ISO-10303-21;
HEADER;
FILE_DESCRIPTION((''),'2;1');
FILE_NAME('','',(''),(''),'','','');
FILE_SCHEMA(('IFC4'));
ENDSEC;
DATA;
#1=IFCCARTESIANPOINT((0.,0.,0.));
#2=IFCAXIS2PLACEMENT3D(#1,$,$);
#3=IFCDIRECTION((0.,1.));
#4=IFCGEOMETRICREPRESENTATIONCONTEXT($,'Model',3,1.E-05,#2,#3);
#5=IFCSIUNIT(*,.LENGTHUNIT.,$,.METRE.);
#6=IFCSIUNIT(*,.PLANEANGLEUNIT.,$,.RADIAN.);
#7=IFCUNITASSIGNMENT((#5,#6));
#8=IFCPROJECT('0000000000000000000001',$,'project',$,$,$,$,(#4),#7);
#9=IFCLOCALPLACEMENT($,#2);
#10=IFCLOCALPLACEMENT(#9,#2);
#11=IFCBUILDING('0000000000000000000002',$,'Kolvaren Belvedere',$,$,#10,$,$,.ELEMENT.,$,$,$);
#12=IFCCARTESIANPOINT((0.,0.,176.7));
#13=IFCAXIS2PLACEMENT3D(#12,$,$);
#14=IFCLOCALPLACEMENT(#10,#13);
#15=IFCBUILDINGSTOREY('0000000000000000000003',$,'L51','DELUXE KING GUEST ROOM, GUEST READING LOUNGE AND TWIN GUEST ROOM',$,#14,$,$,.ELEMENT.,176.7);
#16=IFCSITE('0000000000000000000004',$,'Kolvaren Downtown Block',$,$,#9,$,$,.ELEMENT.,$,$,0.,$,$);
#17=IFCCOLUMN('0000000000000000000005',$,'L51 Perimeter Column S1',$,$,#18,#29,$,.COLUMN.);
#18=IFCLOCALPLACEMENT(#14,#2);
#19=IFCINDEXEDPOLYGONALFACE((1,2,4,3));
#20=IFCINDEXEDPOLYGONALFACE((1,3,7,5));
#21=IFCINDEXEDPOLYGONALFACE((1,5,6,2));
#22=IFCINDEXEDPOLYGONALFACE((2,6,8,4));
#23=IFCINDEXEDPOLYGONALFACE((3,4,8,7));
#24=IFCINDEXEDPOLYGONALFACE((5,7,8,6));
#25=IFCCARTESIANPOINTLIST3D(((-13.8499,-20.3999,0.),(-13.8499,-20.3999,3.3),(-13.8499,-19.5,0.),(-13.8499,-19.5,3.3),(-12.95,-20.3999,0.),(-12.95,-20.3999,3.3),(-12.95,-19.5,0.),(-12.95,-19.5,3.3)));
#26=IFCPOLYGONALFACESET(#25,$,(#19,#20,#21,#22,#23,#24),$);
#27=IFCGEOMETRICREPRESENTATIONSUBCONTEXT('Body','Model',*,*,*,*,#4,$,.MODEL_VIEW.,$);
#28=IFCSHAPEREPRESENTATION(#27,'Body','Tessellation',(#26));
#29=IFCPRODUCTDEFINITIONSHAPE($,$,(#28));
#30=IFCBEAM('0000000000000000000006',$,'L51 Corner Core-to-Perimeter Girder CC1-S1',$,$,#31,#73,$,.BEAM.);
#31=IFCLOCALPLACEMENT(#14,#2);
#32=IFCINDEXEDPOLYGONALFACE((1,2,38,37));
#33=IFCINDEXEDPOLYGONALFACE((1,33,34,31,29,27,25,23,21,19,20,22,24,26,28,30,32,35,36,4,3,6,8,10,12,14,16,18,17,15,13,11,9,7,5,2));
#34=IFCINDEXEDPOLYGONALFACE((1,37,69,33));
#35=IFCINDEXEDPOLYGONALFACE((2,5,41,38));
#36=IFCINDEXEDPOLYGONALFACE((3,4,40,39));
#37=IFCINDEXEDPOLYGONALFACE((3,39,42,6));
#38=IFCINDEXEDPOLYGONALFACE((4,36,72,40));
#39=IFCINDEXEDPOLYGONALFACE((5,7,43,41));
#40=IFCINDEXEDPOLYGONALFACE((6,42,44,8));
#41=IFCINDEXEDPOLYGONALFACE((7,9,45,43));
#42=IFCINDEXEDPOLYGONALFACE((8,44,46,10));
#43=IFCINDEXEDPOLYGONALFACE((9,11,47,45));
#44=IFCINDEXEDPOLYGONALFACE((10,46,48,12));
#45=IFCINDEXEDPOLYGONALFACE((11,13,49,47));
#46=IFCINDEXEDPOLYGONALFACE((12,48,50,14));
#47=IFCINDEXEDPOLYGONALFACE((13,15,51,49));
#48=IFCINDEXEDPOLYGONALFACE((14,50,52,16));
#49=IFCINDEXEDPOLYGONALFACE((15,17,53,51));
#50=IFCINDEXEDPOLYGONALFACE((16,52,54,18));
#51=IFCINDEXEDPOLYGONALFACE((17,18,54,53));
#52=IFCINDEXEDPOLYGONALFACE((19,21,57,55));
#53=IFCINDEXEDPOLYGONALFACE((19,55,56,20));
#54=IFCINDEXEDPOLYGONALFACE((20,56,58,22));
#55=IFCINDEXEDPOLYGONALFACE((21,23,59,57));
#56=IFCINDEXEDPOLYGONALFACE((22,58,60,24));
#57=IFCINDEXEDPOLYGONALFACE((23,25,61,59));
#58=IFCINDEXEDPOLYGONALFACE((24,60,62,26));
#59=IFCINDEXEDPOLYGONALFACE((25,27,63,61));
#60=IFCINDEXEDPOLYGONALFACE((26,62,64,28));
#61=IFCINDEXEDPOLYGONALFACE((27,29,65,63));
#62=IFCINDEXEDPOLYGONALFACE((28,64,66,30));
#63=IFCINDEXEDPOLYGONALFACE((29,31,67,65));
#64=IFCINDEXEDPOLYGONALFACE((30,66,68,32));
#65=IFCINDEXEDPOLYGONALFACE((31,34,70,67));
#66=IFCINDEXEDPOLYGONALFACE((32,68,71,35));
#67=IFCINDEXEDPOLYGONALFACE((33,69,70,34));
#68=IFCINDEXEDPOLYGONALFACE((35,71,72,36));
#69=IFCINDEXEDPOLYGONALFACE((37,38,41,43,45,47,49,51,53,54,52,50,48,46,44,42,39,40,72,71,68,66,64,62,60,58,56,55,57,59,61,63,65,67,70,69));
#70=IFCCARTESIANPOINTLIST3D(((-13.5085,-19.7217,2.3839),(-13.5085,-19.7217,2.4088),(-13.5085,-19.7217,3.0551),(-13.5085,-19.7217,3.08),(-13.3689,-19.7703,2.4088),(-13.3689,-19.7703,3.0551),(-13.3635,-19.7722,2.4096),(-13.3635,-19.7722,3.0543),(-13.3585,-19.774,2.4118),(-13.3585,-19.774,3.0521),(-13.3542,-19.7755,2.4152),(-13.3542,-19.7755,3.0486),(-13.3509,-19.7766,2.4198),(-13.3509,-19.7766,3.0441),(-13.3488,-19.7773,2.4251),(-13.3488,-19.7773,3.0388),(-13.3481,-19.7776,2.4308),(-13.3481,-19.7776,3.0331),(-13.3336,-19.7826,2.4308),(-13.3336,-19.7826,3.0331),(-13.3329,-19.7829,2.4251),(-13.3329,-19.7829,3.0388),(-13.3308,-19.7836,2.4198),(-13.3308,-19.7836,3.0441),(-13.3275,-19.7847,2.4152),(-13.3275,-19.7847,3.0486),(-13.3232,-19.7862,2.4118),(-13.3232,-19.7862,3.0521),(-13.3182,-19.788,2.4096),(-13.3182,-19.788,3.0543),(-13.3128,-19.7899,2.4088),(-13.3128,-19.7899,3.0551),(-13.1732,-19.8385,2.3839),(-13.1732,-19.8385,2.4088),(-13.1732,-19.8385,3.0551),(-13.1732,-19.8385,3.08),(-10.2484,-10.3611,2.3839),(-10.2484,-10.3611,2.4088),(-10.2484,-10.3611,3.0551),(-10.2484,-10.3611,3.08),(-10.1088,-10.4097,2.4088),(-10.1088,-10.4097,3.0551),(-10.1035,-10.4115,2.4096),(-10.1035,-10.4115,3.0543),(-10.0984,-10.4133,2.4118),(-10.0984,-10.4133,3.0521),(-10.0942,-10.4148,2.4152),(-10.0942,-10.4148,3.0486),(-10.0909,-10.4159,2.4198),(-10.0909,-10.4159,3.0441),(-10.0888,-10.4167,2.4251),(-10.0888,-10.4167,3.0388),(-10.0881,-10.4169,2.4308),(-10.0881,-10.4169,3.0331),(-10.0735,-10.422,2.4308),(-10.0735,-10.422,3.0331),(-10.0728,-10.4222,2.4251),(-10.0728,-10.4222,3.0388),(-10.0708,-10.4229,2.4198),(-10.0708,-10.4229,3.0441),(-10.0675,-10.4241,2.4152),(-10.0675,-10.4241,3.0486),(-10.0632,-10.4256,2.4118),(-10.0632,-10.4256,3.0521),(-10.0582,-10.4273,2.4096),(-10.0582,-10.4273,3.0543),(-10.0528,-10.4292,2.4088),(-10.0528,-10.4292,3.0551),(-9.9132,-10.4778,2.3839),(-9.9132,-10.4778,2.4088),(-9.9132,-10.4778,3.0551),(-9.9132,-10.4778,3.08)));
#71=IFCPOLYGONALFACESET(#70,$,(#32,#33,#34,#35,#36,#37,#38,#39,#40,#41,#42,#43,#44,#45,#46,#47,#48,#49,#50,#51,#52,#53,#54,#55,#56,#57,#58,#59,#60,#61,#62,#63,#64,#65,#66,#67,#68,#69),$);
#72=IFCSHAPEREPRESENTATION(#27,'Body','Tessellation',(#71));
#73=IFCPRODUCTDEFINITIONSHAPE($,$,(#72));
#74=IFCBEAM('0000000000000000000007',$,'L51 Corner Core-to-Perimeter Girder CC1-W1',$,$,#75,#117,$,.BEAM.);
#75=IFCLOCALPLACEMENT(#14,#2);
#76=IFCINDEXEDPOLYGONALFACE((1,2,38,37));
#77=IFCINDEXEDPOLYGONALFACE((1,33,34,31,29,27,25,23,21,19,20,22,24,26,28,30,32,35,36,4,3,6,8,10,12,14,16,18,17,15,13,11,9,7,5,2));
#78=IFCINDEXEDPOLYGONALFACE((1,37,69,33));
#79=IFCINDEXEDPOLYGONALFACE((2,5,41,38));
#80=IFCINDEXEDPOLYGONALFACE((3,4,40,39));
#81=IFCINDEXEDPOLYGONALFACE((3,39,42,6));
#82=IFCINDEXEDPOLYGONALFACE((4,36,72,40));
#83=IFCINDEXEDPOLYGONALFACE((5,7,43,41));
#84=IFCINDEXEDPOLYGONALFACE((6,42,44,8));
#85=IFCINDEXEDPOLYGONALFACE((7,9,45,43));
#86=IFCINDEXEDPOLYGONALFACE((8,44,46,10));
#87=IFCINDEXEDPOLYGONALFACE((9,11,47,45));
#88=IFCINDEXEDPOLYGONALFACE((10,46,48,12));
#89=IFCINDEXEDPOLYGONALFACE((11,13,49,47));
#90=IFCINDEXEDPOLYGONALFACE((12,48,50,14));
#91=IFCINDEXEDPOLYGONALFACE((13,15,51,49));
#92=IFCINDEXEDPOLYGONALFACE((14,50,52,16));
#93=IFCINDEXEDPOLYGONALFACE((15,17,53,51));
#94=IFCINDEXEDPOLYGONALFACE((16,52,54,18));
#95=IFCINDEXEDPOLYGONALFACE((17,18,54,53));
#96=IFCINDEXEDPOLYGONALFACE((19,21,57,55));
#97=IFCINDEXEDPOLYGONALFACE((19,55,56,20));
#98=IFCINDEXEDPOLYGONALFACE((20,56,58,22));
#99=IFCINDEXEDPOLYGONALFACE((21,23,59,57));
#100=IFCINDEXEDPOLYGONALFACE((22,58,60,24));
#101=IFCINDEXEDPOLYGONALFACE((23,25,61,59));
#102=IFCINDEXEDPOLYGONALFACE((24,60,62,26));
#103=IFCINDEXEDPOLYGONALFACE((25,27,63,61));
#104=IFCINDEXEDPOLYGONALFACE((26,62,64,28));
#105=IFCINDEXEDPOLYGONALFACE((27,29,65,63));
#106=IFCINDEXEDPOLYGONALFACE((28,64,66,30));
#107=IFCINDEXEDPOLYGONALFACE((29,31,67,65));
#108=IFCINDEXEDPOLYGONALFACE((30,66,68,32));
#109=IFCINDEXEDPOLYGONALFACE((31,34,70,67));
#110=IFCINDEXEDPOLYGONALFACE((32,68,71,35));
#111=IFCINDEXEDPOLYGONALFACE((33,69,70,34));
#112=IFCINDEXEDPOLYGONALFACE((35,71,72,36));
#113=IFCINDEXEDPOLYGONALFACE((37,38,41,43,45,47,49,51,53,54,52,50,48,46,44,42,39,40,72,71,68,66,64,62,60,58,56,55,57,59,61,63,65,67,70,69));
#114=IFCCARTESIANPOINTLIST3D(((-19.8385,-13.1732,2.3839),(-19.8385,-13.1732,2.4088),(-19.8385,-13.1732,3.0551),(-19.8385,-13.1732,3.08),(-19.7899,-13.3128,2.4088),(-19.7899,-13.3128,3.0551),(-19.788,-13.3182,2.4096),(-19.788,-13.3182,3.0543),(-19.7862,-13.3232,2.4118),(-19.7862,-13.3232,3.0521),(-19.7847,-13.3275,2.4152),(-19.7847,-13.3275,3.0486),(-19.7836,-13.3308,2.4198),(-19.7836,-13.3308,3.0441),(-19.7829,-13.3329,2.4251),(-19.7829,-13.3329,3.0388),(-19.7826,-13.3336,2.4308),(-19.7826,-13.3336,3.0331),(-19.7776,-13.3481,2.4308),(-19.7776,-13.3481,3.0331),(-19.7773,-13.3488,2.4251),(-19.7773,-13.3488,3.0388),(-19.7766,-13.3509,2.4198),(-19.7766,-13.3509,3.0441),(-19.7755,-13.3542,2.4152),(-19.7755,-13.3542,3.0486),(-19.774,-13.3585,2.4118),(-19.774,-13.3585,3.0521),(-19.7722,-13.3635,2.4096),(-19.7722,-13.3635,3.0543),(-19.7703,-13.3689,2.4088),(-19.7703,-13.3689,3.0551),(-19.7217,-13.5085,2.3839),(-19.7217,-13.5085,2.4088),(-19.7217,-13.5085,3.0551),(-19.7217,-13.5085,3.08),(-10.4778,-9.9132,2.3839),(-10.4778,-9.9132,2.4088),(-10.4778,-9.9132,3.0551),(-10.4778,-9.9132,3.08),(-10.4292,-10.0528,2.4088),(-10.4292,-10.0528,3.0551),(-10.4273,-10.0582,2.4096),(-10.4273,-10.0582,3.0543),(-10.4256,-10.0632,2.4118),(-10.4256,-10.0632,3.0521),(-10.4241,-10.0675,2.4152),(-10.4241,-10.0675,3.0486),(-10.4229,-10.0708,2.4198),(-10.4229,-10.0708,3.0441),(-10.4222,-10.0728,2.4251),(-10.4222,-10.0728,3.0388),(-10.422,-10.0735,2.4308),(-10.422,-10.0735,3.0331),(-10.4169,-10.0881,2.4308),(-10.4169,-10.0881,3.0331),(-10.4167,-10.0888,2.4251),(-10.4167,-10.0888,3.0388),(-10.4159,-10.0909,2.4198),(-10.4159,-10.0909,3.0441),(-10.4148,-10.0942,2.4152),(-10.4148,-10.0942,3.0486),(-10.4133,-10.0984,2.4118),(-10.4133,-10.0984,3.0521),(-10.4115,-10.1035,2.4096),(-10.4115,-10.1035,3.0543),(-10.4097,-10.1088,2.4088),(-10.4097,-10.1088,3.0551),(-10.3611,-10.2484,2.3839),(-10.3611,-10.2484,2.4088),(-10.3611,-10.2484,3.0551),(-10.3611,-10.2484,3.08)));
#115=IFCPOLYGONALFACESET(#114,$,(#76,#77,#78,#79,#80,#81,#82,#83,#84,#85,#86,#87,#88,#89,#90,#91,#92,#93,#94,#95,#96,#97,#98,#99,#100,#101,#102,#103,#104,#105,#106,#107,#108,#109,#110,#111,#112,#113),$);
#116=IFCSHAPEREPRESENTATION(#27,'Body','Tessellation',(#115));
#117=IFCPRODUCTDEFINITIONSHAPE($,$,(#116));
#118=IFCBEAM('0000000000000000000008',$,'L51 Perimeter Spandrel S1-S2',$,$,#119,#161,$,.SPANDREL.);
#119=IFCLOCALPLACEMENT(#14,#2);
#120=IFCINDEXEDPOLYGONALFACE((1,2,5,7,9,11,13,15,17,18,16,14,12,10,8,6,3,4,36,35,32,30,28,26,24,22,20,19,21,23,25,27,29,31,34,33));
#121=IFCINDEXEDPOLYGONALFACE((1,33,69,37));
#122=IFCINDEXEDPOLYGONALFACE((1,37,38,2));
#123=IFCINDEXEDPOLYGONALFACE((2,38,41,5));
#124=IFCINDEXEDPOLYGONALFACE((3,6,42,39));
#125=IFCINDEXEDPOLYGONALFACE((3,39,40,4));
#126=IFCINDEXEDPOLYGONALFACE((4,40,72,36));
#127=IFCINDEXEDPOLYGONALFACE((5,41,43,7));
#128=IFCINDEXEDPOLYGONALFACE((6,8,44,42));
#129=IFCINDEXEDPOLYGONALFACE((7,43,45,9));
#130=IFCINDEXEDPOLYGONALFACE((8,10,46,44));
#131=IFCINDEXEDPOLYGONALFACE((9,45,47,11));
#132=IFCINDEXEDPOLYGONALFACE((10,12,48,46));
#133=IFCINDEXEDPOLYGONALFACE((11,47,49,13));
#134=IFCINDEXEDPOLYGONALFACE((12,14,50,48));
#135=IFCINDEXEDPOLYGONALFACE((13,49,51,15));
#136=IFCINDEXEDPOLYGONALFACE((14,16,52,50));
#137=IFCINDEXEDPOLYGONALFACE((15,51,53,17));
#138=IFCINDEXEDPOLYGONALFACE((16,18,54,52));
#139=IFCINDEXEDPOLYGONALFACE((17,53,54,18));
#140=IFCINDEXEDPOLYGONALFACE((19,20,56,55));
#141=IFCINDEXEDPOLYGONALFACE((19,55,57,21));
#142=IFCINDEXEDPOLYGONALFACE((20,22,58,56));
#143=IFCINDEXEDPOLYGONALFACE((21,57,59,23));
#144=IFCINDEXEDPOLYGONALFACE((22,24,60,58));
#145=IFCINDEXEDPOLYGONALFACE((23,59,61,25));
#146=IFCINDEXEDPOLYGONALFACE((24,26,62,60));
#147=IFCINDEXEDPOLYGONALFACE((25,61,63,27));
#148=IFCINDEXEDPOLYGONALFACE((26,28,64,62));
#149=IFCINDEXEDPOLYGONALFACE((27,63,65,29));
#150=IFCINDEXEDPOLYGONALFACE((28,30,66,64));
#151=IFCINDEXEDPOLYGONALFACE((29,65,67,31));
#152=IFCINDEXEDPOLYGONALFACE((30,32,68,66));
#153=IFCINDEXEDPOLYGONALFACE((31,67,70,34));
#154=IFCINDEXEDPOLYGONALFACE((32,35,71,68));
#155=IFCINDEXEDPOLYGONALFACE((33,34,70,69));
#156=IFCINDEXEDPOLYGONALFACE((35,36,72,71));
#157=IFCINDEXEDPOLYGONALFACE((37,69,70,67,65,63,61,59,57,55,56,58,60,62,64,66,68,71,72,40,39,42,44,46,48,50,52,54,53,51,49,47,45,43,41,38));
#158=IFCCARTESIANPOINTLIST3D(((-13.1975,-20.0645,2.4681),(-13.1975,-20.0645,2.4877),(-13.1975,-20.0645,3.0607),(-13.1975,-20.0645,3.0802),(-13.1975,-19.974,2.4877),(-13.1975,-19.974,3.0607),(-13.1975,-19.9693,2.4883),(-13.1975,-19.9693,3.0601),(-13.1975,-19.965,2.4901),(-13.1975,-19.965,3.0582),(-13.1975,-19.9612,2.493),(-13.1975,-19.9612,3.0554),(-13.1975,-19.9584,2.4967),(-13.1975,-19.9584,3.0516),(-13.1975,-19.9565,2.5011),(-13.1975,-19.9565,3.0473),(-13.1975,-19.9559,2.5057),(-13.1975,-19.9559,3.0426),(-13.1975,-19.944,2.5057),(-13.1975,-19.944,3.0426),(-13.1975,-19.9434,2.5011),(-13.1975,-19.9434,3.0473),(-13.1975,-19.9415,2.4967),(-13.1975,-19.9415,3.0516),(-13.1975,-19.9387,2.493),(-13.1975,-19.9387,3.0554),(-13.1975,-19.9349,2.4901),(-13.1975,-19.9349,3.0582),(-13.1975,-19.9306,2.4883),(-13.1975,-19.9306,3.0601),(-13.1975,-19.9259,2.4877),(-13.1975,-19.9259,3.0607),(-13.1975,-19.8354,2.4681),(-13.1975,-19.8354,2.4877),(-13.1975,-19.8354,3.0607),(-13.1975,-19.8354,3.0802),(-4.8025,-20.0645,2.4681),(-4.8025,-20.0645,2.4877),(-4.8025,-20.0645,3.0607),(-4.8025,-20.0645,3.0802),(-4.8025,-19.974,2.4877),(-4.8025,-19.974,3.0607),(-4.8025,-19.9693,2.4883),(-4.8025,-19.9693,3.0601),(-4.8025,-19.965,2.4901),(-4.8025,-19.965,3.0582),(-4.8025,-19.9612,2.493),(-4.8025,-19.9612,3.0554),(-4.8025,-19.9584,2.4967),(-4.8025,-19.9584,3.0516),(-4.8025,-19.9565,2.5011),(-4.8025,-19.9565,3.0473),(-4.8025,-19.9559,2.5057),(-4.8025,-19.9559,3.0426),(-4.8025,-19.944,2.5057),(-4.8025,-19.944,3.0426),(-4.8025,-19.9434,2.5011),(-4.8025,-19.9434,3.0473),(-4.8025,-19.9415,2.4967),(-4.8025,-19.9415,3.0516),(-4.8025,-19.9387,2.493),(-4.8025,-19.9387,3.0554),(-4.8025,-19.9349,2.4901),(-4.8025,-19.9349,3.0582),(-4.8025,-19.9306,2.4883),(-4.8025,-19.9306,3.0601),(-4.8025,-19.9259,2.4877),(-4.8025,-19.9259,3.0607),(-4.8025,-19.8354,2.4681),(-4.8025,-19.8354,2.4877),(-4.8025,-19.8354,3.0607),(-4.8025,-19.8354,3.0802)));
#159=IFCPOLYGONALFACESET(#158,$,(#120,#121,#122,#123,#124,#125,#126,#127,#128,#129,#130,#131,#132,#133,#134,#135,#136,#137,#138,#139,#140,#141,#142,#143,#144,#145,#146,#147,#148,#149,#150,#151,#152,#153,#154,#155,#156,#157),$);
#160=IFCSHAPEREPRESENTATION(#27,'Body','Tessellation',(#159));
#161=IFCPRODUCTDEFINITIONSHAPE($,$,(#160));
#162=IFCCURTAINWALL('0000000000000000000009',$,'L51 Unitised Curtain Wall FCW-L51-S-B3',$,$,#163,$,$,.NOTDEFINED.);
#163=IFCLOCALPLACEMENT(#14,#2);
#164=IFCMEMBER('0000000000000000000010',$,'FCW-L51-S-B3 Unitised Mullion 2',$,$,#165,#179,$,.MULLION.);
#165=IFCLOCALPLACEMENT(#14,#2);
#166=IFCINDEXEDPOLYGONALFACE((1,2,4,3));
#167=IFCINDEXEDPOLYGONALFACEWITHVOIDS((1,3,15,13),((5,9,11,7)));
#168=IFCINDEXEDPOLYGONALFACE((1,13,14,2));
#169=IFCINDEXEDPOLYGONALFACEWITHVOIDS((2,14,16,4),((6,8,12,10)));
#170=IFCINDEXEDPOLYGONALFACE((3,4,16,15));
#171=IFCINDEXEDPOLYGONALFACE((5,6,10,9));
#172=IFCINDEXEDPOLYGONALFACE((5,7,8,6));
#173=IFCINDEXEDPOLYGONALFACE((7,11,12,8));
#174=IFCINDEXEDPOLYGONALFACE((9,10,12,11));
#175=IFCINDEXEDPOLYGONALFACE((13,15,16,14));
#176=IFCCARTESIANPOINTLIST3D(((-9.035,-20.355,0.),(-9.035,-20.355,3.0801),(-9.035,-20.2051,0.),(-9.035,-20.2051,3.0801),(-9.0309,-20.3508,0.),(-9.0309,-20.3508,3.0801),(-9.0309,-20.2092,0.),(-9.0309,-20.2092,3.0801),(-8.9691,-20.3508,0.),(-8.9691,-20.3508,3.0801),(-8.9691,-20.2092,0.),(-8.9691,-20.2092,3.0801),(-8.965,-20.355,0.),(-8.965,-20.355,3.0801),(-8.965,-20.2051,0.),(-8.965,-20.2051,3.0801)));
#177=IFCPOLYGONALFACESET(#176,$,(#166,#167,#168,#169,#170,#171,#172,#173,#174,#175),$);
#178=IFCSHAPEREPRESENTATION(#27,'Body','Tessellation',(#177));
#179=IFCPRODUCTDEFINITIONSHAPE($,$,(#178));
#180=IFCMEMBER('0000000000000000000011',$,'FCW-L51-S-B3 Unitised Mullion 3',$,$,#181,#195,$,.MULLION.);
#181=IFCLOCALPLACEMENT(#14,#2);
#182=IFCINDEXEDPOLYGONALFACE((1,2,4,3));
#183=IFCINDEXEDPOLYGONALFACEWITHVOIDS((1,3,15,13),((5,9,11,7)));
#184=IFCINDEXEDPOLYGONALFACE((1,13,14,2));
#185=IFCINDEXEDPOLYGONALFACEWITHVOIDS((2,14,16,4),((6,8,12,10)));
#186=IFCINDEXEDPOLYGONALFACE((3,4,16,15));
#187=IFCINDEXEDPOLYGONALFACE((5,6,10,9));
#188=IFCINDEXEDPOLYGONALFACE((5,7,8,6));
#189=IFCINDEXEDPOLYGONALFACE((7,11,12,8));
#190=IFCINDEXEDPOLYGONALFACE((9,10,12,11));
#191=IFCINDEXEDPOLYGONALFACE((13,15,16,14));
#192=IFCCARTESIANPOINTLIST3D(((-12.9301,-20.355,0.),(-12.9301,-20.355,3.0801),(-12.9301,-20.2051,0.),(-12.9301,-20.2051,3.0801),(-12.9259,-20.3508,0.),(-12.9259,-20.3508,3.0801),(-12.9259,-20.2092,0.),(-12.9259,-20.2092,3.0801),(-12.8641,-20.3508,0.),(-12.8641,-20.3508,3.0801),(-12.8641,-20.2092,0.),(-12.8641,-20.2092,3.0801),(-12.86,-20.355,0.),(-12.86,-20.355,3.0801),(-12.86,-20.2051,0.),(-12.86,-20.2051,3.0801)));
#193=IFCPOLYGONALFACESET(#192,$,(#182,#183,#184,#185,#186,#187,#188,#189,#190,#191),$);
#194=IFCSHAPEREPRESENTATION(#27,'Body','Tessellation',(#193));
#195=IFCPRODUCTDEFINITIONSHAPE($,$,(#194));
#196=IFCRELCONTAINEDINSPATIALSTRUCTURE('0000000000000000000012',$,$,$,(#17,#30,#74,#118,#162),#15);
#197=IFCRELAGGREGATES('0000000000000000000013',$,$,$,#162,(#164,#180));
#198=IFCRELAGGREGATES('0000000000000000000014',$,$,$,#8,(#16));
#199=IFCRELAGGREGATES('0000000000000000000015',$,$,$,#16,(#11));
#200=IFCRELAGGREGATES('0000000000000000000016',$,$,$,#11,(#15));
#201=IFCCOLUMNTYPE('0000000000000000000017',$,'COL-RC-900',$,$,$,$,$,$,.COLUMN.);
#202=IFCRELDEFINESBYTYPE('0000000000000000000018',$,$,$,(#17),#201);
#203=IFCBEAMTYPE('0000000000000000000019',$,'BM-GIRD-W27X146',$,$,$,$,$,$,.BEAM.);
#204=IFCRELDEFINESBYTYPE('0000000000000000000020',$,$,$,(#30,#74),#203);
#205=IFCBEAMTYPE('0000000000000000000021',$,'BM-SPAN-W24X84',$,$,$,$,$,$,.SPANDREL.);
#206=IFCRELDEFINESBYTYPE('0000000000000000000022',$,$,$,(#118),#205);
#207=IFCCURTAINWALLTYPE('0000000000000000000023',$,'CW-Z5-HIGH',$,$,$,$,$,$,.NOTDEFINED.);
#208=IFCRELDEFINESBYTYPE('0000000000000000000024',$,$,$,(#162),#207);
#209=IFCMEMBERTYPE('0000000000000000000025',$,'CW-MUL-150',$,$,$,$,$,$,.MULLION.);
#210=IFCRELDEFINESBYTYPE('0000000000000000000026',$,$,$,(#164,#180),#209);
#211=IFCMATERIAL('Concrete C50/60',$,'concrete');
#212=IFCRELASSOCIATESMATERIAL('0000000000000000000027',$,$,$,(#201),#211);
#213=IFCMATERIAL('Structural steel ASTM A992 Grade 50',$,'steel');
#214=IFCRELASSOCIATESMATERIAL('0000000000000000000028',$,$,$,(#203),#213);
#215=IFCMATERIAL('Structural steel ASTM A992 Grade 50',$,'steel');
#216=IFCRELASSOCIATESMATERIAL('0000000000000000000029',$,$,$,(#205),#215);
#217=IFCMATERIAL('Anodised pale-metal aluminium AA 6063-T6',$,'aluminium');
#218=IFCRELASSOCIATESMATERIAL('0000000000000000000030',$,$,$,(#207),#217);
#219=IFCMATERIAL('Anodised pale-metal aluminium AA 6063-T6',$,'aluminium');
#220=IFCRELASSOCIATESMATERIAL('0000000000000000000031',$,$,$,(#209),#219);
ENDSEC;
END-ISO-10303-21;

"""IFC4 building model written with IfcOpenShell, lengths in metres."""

from ifc_helpers import new_model, si_unit, direction, frame, origin, origin_2d, place, context, subcontext, project, spatial, rectangle, hollow_rectangle, i_section, extrude, material, material_profile, profile_set, type_object, element, aggregate, save


model = new_model("IFC4")

# Units and contexts
model_context = context("Model", 3, precision=1e-05, world=origin(), true_north=direction((0.0, 1.0)))
body_context = subcontext(model_context, "Body", "Model", "MODEL_VIEW")
ifc_project = project(units=[si_unit("LENGTHUNIT", "METRE"), si_unit("PLANEANGLEUNIT", "RADIAN")], contexts=[model_context])

# Site, building, storey
site_placement = place(None, origin())
site = spatial("IfcSite", under=ifc_project, at=site_placement, Name="Kolvaren Downtown Block", CompositionType="ELEMENT", RefElevation=0.0)
building_placement = place(site_placement, origin())
building = spatial("IfcBuilding", under=site, at=building_placement, Name="Kolvaren Belvedere", CompositionType="ELEMENT")
storey_placement = place(building_placement, frame((0.0, 0.0, 176.7)))
storey = spatial("IfcBuildingStorey", under=building, at=storey_placement, Name="L51", Description="DELUXE KING GUEST ROOM, GUEST READING LOUNGE AND TWIN GUEST ROOM", CompositionType="ELEMENT", Elevation=176.7)

# Column
ifc_material_1 = material(Name="Concrete C50/60", Category="concrete")
ifc_material_profile_1 = material_profile(ifc_material_1, rectangle(XDim=0.8999, YDim=0.8999, at=origin_2d()), Name="RC 900X900")
ifc_profile_set_1 = profile_set([ifc_material_profile_1], Name="Concrete C50/60")
column_type = type_object("IfcColumnType", Name="COL-RC-900", PredefinedType="COLUMN", material=ifc_profile_set_1)
column_placement = place(storey_placement, frame((-13.3999, -19.95, 0.0), z_axis=(0.0, 0.0, 1.0), x_axis=(1.0, 0.0, 0.0)))
element("IfcColumn", 1, at=column_placement, inside=storey, type_object=column_type, Name="L51 Perimeter Column S1", PredefinedType="COLUMN", context=body_context, shape_type="SweptSolid", body=[
    extrude(rectangle(XDim=0.8999, YDim=0.8999, at=origin_2d()), origin(), (0.0, 0.0, 1.0), 3.3),
])

# Beams
ifc_material_2 = material(Name="Structural steel ASTM A992 Grade 50", Category="steel")
ifc_material_profile_2 = material_profile(ifc_material_2, i_section(OverallWidth=0.355, OverallDepth=0.696, WebThickness=0.0154, FlangeThickness=0.0249, FilletRadius=0.022, at=origin_2d()), Name="W27X146")
ifc_profile_set_2 = profile_set([ifc_material_profile_2], Name="Structural steel ASTM A992 Grade 50")
beam_type_1 = type_object("IfcBeamType", Name="BM-GIRD-W27X146", PredefinedType="BEAM", material=ifc_profile_set_2)
for number, where, z_axis, x_axis, name in (
    (2, (-10.0808, -10.4194, 2.7319), (-0.328894, -0.944367, 0.0), (0.944367, -0.328894, 0.0), "L51 Corner Core-to-Perimeter Girder CC1-S1"),
    (3, (-10.4194, -10.0808, 2.7319), (-0.944367, -0.328894, 0.0), (0.328894, -0.944367, 0.0), "L51 Corner Core-to-Perimeter Girder CC1-W1"),
):
    element("IfcBeam", number, at=place(storey_placement, frame(where, z_axis=z_axis, x_axis=x_axis)), inside=storey, type_object=beam_type_1, Name=name, PredefinedType="BEAM", context=body_context, shape_type="SweptSolid", body=[
        extrude(i_section(OverallWidth=0.355, OverallDepth=0.696, WebThickness=0.0154, FlangeThickness=0.0249, FilletRadius=0.022, at=origin_2d()), origin(), (0.0, 0.0, 1.0), 9.9121),
    ])
ifc_material_3 = material(Name="Structural steel ASTM A992 Grade 50", Category="steel")
ifc_material_profile_3 = material_profile(ifc_material_3, i_section(OverallWidth=0.229, OverallDepth=0.6121, WebThickness=0.012, FlangeThickness=0.0195, FilletRadius=0.0181, at=origin_2d()), Name="W24X84")
ifc_profile_set_3 = profile_set([ifc_material_profile_3], Name="Structural steel ASTM A992 Grade 50")
beam_type_2 = type_object("IfcBeamType", Name="BM-SPAN-W24X84", PredefinedType="SPANDREL", material=ifc_profile_set_3)
beam_placement = place(storey_placement, frame((-13.1975, -19.95, 2.7742), z_axis=(1.0, 0.0, 0.0), x_axis=(0.0, 1.0, 0.0)))
element("IfcBeam", 4, at=beam_placement, inside=storey, type_object=beam_type_2, Name="L51 Perimeter Spandrel S1-S2", PredefinedType="SPANDREL", context=body_context, shape_type="SweptSolid", body=[
    extrude(i_section(OverallWidth=0.229, OverallDepth=0.6121, WebThickness=0.012, FlangeThickness=0.0195, FilletRadius=0.0181, at=origin_2d()), origin(), (0.0, 0.0, 1.0), 8.395),
])

# Curtain wall, members
ifc_material_4 = material(Name="Anodised pale-metal aluminium AA 6063-T6", Category="aluminium")
curtain_wall_type = type_object("IfcCurtainWallType", Name="CW-Z5-HIGH", PredefinedType="NOTDEFINED", material=ifc_material_4)
curtain_wall_placement = place(storey_placement, origin())
curtain_wall = element("IfcCurtainWall", 5, at=curtain_wall_placement, inside=storey, type_object=curtain_wall_type, Name="L51 Unitised Curtain Wall FCW-L51-S-B3", PredefinedType="NOTDEFINED")
ifc_material_5 = material(Name="Anodised pale-metal aluminium AA 6063-T6", Category="aluminium")
ifc_material_profile_4 = material_profile(ifc_material_5, hollow_rectangle(XDim=0.0701, YDim=0.1499, WallThickness=0.0042, at=origin_2d()), Name="ALU-MUL-150X70")
ifc_profile_set_4 = profile_set([ifc_material_profile_4], Name="Anodised pale-metal aluminium AA 6063-T6")
member_type = type_object("IfcMemberType", Name="CW-MUL-150", PredefinedType="MULLION", material=ifc_profile_set_4)
member_1_placement = place(storey_placement, frame((-9.0, -20.28, 0.0), z_axis=(0.0, 0.0, 1.0), x_axis=(1.0, 0.0, 0.0)))
member_1 = element("IfcMember", 6, at=member_1_placement, type_object=member_type, Name="FCW-L51-S-B3 Unitised Mullion 2", PredefinedType="MULLION", context=body_context, shape_type="SweptSolid", body=[
    extrude(hollow_rectangle(XDim=0.0701, YDim=0.1499, WallThickness=0.0042, at=origin_2d()), origin(), (0.0, 0.0, 1.0), 3.0801),
])
member_2_placement = place(storey_placement, frame((-12.895, -20.28, 0.0), z_axis=(0.0, 0.0, 1.0), x_axis=(1.0, 0.0, 0.0)))
member_2 = element("IfcMember", 7, at=member_2_placement, type_object=member_type, Name="FCW-L51-S-B3 Unitised Mullion 3", PredefinedType="MULLION", context=body_context, shape_type="SweptSolid", body=[
    extrude(hollow_rectangle(XDim=0.0701, YDim=0.1499, WallThickness=0.0042, at=origin_2d()), origin(), (0.0, 0.0, 1.0), 3.0801),
])
aggregate(curtain_wall, [member_1, member_2])

save(model, "model.ifc")
